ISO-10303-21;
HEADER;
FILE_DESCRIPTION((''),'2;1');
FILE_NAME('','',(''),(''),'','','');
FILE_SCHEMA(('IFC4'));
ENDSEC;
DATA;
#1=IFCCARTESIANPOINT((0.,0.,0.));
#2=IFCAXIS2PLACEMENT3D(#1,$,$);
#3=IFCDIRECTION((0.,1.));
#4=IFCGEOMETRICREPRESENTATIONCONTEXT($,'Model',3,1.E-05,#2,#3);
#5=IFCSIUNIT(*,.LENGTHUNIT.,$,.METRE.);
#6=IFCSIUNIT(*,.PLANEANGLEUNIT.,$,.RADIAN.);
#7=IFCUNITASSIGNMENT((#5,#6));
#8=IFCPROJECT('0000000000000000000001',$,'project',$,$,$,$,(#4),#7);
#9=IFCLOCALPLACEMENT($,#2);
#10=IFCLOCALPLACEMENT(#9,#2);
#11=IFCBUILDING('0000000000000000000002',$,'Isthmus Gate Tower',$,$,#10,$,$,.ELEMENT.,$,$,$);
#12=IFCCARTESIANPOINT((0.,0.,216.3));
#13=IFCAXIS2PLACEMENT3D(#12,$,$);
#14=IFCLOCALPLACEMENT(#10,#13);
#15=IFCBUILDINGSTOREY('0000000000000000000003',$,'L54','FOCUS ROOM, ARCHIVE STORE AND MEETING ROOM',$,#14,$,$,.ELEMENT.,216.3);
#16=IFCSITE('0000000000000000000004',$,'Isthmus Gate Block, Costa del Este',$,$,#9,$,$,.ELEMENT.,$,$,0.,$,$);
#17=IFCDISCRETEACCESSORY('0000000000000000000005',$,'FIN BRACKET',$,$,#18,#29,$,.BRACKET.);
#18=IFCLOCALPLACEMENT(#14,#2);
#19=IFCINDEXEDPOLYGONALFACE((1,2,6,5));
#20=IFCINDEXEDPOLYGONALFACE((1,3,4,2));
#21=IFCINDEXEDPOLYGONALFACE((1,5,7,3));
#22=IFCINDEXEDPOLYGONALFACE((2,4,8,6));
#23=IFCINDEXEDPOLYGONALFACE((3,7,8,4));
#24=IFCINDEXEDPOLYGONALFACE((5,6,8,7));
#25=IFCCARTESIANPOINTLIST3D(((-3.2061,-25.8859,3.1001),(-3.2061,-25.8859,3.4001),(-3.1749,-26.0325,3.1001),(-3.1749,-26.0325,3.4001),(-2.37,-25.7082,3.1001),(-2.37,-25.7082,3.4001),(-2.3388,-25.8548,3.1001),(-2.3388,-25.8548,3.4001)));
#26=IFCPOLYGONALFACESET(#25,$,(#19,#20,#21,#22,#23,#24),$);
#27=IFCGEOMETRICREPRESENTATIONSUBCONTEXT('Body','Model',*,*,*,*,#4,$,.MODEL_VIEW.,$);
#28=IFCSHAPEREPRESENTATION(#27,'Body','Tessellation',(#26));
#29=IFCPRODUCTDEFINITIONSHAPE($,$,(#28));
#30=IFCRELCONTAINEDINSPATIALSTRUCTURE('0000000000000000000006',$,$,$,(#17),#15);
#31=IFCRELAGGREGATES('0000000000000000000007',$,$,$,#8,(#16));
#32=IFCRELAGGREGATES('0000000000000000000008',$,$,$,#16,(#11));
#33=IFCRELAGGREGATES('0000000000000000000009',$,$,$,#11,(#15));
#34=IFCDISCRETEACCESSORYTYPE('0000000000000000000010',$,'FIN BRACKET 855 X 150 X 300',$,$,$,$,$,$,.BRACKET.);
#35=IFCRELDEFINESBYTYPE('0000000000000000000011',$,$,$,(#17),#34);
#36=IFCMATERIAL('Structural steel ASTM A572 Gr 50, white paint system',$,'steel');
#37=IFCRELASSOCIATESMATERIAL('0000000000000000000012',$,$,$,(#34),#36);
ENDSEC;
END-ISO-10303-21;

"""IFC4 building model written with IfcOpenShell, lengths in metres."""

from ifc_helpers import new_model, si_unit, direction, frame, origin, origin_2d, place, context, subcontext, project, spatial, rectangle, extrude, material, type_object, element, save


model = new_model("IFC4")

# Units and contexts
model_context = context("Model", 3, precision=1e-05, world=origin(), true_north=direction((0.0, 1.0)))
body_context = subcontext(model_context, "Body", "Model", "MODEL_VIEW")
ifc_project = project(units=[si_unit("LENGTHUNIT", "METRE"), si_unit("PLANEANGLEUNIT", "RADIAN")], contexts=[model_context])

# Site, building, storey
site_placement = place(None, origin())
site = spatial("IfcSite", under=ifc_project, at=site_placement, Name="Isthmus Gate Block, Costa del Este", CompositionType="ELEMENT", RefElevation=0.0)
building_placement = place(site_placement, origin())
building = spatial("IfcBuilding", under=site, at=building_placement, Name="Isthmus Gate Tower", CompositionType="ELEMENT")
storey_placement = place(building_placement, frame((0.0, 0.0, 216.3)))
storey = spatial("IfcBuildingStorey", under=building, at=storey_placement, Name="L54", Description="FOCUS ROOM, ARCHIVE STORE AND MEETING ROOM", CompositionType="ELEMENT", Elevation=216.3)

# Discrete accessory
ifc_material_1 = material(Name="Structural steel ASTM A572 Gr 50, white paint system", Category="steel")
discrete_accessory_type = type_object("IfcDiscreteAccessoryType", Name="FIN BRACKET 855 X 150 X 300", PredefinedType="BRACKET", material=ifc_material_1)
for number, where, z_axis, x_axis, name in (
    (1, (-2.7725, -25.8704, 3.1001), (0.0, 0.0, 1.0), (0.207912, -0.978148, 0.0), "FIN BRACKET"),
):
    element("IfcDiscreteAccessory", number, at=place(storey_placement, frame(where, z_axis=z_axis, x_axis=x_axis)), inside=storey, type_object=discrete_accessory_type, Name=name, PredefinedType="BRACKET", context=body_context, shape_type="SweptSolid", body=[
        extrude(rectangle(XDim=0.1499, YDim=0.8547, at=origin_2d()), origin(), (0.0, 0.0, 1.0), 0.3),
    ])

save(model, "model.ifc")
